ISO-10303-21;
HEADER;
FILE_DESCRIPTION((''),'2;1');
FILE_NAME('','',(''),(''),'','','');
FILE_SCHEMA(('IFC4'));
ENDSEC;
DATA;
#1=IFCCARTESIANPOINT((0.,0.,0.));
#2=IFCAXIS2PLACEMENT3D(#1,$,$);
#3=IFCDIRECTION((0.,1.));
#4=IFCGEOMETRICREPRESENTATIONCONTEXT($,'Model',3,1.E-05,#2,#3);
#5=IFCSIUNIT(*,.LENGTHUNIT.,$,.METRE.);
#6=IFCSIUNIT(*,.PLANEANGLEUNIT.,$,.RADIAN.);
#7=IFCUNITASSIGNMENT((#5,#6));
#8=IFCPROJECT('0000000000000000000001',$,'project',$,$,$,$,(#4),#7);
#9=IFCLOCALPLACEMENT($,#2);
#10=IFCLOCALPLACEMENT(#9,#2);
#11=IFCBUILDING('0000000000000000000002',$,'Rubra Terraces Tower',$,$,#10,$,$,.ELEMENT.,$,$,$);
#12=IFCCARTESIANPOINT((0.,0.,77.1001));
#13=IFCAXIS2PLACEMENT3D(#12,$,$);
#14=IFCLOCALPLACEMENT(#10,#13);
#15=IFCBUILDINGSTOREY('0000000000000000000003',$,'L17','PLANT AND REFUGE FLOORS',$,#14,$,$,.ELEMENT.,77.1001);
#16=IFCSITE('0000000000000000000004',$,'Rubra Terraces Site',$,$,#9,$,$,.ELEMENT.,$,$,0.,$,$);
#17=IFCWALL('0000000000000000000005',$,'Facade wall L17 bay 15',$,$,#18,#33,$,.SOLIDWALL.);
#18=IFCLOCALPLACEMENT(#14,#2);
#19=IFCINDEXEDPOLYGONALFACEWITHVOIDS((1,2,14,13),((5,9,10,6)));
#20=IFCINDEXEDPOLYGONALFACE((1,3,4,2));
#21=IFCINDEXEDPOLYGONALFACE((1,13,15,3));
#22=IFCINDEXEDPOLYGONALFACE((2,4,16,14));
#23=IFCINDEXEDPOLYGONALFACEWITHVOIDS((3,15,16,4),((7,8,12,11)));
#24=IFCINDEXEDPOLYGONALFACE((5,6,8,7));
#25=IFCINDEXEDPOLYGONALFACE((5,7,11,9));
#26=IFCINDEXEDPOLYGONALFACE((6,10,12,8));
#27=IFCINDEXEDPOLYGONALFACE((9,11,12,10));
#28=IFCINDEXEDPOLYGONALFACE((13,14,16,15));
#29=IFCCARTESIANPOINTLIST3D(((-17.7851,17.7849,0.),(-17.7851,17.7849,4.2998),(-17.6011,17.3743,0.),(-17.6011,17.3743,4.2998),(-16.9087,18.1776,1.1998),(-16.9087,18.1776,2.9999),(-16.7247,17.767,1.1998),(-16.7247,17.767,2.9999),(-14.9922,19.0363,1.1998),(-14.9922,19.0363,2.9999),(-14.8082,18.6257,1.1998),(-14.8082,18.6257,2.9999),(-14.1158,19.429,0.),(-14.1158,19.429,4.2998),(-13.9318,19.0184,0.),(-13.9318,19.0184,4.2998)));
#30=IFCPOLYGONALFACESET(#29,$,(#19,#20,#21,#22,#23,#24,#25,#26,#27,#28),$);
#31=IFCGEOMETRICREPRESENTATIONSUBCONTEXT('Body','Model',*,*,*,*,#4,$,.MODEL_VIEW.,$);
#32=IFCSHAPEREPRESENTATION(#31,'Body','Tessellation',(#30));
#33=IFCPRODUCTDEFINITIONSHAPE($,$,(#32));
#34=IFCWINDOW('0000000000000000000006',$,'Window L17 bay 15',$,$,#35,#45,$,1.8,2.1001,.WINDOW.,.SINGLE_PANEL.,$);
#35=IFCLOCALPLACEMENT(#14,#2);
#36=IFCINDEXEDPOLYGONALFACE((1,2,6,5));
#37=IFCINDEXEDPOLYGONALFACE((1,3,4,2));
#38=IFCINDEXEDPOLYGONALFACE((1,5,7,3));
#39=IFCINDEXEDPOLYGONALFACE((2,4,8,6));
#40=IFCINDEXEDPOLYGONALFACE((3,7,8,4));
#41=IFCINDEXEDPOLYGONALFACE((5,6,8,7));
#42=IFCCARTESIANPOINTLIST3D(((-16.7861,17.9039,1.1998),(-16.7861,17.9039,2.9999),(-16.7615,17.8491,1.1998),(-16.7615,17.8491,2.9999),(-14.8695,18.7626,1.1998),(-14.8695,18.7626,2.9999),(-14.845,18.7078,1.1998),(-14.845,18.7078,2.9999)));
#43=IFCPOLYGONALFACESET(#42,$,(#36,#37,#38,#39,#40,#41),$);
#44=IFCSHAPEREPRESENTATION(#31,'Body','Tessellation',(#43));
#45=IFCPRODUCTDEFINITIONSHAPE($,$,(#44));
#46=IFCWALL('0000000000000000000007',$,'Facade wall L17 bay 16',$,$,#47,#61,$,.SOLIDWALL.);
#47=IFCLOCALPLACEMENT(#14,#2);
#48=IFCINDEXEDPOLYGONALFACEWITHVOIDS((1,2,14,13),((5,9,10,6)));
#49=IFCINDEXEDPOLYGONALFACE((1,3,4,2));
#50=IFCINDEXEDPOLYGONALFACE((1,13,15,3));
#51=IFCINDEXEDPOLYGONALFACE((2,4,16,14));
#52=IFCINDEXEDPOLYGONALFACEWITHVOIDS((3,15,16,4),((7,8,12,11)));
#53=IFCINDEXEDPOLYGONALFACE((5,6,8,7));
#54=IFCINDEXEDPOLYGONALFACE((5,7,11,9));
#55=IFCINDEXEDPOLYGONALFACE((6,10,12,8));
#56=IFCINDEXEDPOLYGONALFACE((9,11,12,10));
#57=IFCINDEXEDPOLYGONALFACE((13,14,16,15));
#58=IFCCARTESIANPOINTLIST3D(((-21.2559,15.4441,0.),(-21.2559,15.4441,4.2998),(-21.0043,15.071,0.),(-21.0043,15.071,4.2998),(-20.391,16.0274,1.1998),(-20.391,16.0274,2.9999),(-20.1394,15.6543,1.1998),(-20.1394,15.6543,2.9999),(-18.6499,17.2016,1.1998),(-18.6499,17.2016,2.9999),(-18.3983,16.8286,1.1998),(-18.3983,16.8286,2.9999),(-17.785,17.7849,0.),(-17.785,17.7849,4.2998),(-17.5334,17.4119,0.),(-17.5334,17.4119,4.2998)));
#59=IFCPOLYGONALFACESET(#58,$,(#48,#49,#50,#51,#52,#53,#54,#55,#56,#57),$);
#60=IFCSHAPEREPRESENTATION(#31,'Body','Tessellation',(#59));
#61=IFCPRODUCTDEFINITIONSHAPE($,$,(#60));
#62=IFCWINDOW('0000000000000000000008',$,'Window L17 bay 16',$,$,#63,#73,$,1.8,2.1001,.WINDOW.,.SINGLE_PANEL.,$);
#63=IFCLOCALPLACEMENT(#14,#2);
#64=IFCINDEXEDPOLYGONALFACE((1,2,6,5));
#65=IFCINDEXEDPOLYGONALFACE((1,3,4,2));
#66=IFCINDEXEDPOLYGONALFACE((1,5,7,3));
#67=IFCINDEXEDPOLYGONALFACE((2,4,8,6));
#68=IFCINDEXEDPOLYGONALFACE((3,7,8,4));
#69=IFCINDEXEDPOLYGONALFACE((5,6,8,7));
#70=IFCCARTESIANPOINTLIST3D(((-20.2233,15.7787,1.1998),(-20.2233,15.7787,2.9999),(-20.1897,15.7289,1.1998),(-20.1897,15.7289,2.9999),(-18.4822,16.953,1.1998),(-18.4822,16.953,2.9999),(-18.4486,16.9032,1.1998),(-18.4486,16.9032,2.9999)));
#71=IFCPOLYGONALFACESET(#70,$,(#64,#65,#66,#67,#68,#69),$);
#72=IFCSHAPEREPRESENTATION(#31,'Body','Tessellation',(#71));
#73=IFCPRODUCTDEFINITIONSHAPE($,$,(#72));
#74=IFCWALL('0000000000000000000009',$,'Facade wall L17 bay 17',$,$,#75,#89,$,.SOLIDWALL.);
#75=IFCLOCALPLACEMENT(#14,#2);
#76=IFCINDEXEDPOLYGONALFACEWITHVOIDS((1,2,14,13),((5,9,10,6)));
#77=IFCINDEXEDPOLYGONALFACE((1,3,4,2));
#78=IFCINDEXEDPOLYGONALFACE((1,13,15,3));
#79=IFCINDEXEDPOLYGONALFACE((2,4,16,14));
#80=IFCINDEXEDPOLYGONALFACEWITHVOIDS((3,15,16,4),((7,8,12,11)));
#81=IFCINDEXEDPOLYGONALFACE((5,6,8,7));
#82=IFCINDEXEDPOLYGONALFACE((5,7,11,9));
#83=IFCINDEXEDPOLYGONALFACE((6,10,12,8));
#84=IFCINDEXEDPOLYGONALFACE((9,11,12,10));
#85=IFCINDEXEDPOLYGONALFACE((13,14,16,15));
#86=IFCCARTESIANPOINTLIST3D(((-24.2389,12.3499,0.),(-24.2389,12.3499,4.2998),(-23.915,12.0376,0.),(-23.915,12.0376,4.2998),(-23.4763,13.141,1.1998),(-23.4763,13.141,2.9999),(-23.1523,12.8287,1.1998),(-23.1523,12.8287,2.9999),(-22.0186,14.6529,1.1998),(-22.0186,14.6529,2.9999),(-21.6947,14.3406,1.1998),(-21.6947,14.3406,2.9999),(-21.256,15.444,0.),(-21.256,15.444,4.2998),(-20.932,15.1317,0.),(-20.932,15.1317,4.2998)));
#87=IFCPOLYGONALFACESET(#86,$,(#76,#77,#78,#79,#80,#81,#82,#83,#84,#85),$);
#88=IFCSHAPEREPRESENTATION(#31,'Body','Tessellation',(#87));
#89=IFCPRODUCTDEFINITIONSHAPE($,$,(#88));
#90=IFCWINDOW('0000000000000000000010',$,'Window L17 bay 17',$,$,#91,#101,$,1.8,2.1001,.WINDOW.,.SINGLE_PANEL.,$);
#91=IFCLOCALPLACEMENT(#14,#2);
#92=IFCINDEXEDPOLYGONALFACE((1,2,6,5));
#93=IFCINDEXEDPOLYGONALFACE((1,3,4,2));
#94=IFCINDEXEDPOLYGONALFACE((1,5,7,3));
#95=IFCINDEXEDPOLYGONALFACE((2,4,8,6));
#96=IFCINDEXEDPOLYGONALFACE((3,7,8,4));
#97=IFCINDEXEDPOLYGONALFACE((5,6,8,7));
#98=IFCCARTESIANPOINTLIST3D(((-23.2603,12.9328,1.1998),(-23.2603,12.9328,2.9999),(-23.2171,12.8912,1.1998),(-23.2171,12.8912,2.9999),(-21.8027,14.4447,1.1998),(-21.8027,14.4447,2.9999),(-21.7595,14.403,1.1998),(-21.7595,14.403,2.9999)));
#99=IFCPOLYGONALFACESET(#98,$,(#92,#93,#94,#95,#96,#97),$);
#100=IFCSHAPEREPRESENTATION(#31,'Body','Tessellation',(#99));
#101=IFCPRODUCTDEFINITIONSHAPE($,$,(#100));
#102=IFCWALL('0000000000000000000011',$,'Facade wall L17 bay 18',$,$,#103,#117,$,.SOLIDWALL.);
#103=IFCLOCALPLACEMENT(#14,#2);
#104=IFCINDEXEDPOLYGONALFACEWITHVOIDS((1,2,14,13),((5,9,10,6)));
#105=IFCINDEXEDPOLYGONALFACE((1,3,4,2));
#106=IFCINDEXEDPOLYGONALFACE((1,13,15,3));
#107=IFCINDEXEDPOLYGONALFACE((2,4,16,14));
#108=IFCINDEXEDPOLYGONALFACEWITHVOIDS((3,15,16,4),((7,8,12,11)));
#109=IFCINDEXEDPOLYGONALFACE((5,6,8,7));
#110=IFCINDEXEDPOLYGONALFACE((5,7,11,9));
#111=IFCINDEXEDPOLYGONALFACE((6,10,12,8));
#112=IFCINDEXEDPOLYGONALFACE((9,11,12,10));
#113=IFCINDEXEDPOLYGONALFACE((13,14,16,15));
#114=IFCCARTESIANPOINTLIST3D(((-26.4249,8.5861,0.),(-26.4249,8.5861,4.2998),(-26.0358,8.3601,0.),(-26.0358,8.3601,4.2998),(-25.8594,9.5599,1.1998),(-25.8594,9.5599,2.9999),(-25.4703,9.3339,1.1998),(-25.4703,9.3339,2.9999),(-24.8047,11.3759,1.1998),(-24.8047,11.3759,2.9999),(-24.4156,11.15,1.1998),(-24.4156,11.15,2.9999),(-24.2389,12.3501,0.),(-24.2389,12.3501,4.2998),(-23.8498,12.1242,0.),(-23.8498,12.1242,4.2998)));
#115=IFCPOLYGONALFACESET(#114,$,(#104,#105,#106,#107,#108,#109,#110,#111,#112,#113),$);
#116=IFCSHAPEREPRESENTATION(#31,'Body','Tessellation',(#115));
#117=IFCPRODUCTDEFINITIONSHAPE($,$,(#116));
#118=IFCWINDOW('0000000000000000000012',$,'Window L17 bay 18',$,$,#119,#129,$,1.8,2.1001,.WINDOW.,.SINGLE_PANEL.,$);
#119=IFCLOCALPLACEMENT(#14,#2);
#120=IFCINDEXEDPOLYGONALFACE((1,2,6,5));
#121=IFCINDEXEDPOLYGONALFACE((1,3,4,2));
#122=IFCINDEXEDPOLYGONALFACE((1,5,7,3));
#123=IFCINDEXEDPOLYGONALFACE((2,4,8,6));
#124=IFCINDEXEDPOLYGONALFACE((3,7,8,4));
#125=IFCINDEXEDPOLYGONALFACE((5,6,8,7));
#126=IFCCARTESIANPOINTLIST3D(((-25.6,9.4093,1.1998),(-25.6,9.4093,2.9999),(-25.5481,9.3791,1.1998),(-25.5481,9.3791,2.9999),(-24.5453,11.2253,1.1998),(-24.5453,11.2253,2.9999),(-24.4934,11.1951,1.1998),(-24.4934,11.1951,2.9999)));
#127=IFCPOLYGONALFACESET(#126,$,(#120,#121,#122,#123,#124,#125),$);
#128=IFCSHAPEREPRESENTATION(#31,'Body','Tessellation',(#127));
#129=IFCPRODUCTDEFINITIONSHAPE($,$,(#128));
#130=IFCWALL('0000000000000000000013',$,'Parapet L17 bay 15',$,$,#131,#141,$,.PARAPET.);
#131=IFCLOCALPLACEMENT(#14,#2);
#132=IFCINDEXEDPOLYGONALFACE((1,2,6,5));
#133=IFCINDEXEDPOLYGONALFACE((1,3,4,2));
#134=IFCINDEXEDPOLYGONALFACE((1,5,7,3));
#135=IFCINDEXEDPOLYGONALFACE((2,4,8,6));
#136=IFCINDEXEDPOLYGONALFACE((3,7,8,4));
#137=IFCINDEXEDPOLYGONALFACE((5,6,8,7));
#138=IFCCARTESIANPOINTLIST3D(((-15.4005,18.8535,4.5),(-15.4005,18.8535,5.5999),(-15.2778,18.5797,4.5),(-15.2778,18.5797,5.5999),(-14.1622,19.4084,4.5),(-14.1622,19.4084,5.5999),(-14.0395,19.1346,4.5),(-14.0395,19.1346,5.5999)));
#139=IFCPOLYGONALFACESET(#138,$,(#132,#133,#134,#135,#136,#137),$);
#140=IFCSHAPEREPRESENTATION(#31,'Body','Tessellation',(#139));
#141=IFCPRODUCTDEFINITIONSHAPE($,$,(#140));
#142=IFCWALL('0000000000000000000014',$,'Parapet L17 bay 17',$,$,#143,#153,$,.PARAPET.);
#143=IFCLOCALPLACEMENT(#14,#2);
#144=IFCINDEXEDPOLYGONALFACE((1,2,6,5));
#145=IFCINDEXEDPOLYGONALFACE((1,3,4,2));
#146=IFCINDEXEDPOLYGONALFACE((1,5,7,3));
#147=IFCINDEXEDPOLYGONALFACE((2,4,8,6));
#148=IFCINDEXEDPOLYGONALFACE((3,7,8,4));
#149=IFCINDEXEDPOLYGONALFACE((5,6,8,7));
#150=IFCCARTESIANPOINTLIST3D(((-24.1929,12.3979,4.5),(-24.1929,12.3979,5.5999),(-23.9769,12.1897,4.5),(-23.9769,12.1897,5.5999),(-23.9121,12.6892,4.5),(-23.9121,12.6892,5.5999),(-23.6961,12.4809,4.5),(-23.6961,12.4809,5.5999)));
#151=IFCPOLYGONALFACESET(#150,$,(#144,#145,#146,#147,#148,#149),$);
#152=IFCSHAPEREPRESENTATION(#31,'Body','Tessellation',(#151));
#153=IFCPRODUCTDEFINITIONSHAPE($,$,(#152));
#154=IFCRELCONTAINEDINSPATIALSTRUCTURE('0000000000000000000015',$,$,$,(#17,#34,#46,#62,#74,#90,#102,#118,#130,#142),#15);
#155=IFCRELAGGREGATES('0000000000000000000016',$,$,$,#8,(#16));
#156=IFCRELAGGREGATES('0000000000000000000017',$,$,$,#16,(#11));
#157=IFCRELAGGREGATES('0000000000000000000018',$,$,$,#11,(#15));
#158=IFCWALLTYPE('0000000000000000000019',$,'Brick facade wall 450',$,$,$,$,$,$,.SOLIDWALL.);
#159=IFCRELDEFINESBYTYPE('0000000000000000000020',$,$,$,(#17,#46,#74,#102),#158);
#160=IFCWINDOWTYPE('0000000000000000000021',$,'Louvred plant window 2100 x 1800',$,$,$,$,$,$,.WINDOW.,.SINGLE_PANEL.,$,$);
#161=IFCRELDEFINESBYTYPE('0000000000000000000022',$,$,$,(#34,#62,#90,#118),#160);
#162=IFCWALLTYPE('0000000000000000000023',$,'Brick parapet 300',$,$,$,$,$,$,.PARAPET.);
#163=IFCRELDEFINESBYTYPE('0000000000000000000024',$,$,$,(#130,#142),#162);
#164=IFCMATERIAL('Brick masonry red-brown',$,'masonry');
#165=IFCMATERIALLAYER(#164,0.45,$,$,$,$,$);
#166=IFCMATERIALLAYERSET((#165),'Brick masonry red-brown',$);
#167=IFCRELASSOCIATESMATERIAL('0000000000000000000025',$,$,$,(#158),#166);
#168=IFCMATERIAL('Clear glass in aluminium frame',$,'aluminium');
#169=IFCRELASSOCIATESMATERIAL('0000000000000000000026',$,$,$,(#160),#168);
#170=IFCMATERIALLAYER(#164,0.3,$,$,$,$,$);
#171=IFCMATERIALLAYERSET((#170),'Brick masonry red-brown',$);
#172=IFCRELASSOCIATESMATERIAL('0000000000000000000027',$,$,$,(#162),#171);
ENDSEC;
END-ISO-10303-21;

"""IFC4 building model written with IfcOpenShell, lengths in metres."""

from ifc_helpers import new_model, si_unit, direction, frame, frame_2d, origin, place, context, subcontext, project, spatial, rectangle, extrude, material, layer, layer_set, type_object, element, fill, save


model = new_model("IFC4")

# Units and contexts
model_context = context("Model", 3, precision=1e-05, world=origin(), true_north=direction((0.0, 1.0)))
body_context = subcontext(model_context, "Body", "Model", "MODEL_VIEW")
ifc_project = project(units=[si_unit("LENGTHUNIT", "METRE"), si_unit("PLANEANGLEUNIT", "RADIAN")], contexts=[model_context])

# Site, building, storey
site_placement = place(None, origin())
site = spatial("IfcSite", under=ifc_project, at=site_placement, Name="Rubra Terraces Site", CompositionType="ELEMENT", RefElevation=0.0)
building_placement = place(site_placement, origin())
building = spatial("IfcBuilding", under=site, at=building_placement, Name="Rubra Terraces Tower", CompositionType="ELEMENT")
storey_placement = place(building_placement, frame((0.0, 0.0, 77.1001)))
storey = spatial("IfcBuildingStorey", under=building, at=storey_placement, Name="L17", Description="PLANT AND REFUGE FLOORS", CompositionType="ELEMENT", Elevation=77.1001)

# Walls, openings, windows
ifc_material_1 = material(Name="Brick masonry red-brown", Category="masonry")
ifc_layer_1 = layer(ifc_material_1, 0.45)
ifc_layer_set_1 = layer_set([ifc_layer_1], Name="Brick masonry red-brown")
wall_type_1 = type_object("IfcWallType", Name="Brick facade wall 450", PredefinedType="SOLIDWALL", material=ifc_layer_set_1)
wall_1_placement = place(storey_placement, frame((-14.0239, 19.2236, 0.0), z_axis=(0.0, 0.0, 1.0), x_axis=(-0.91258, -0.408897, 0.0)))
wall_1 = element("IfcWall", 1, at=wall_1_placement, inside=storey, type_object=wall_type_1, Name="Facade wall L17 bay 15", PredefinedType="SOLIDWALL", context=body_context, shape_type="SweptSolid", body=[
    extrude(rectangle(XDim=4.0208, YDim=0.45, at=frame_2d((2.0103, 0.0))), origin(), (0.0, 0.0, 1.0), 4.2998),
])
opening_1_placement = place(wall_1_placement, frame((0.9602, 0.0, 1.2)))
opening_1 = element("IfcOpeningElement", 2, at=opening_1_placement, cuts=wall_1, PredefinedType="OPENING", context=body_context, shape_type="SweptSolid", body=[
    extrude(rectangle(XDim=2.1001, YDim=1.8, at=frame_2d((1.05, 0.8999))), frame((0.0, 0.2349, 0.0), z_axis=(0.0, -1.0, 0.0), x_axis=(1.0, 0.0, 0.0)), (0.0, 0.0, 1.0), 0.47),
])
ifc_material_2 = material(Name="Clear glass in aluminium frame", Category="aluminium")
window_type = type_object("IfcWindowType", Name="Louvred plant window 2100 x 1800", PartitioningType="SINGLE_PANEL", PredefinedType="WINDOW", material=ifc_material_2)
window_1_placement = place(opening_1_placement, origin())
window_1 = element("IfcWindow", 3, at=window_1_placement, inside=storey, type_object=window_type, Name="Window L17 bay 15", OverallHeight=1.8, OverallWidth=2.1001, PartitioningType="SINGLE_PANEL", PredefinedType="WINDOW", context=body_context, shape_type="SweptSolid", body=[
    extrude(rectangle(XDim=2.1001, YDim=1.8, at=frame_2d((1.05, 0.8999))), frame((0.0, 0.135, 0.0), z_axis=(0.0, -1.0, 0.0), x_axis=(1.0, 0.0, 0.0)), (0.0, 0.0, 1.0), 0.0601),
])
fill(opening_1, window_1)
wall_2_placement = place(storey_placement, frame((-17.6592, 17.5984, 0.0), z_axis=(0.0, 0.0, 1.0), x_axis=(-0.829078, -0.559133, 0.0)))
wall_2 = element("IfcWall", 4, at=wall_2_placement, inside=storey, type_object=wall_type_1, Name="Facade wall L17 bay 16", PredefinedType="SOLIDWALL", context=body_context, shape_type="SweptSolid", body=[
    extrude(rectangle(XDim=4.1865, YDim=0.45, at=frame_2d((2.0933, 0.0))), origin(), (0.0, 0.0, 1.0), 4.2998),
])
opening_2_placement = place(wall_2_placement, frame((1.0432, 0.0, 1.2)))
opening_2 = element("IfcOpeningElement", 5, at=opening_2_placement, cuts=wall_2, PredefinedType="OPENING", context=body_context, shape_type="SweptSolid", body=[
    extrude(rectangle(XDim=2.1001, YDim=1.8, at=frame_2d((1.05, 0.8999))), frame((0.0, 0.2349, 0.0), z_axis=(0.0, -1.0, 0.0), x_axis=(1.0, 0.0, 0.0)), (0.0, 0.0, 1.0), 0.47),
])
window_2_placement = place(opening_2_placement, origin())
window_2 = element("IfcWindow", 6, at=window_2_placement, inside=storey, type_object=window_type, Name="Window L17 bay 16", OverallHeight=1.8, OverallWidth=2.1001, PartitioningType="SINGLE_PANEL", PredefinedType="WINDOW", context=body_context, shape_type="SweptSolid", body=[
    extrude(rectangle(XDim=2.1001, YDim=1.8, at=frame_2d((1.05, 0.8999))), frame((0.0, 0.135, 0.0), z_axis=(0.0, -1.0, 0.0), x_axis=(1.0, 0.0, 0.0)), (0.0, 0.0, 1.0), 0.0601),
])
fill(opening_2, window_2)
wall_3_placement = place(storey_placement, frame((-21.094, 15.2878, 0.0), z_axis=(0.0, 0.0, 1.0), x_axis=(-0.694065, -0.719912, 0.0)))
wall_3 = element("IfcWall", 7, at=wall_3_placement, inside=storey, type_object=wall_type_1, Name="Facade wall L17 bay 17", PredefinedType="SOLIDWALL", context=body_context, shape_type="SweptSolid", body=[
    extrude(rectangle(XDim=4.2979, YDim=0.45, at=frame_2d((2.1489, 0.0))), origin(), (0.0, 0.0, 1.0), 4.2998),
])
opening_3_placement = place(wall_3_placement, frame((1.0989, 0.0, 1.2)))
opening_3 = element("IfcOpeningElement", 8, at=opening_3_placement, cuts=wall_3, PredefinedType="OPENING", context=body_context, shape_type="SweptSolid", body=[
    extrude(rectangle(XDim=2.1001, YDim=1.8, at=frame_2d((1.05, 0.8999))), frame((0.0, 0.2349, 0.0), z_axis=(0.0, -1.0, 0.0), x_axis=(1.0, 0.0, 0.0)), (0.0, 0.0, 1.0), 0.47),
])
window_3_placement = place(opening_3_placement, origin())
window_3 = element("IfcWindow", 9, at=window_3_placement, inside=storey, type_object=window_type, Name="Window L17 bay 17", OverallHeight=1.8, OverallWidth=2.1001, PartitioningType="SINGLE_PANEL", PredefinedType="WINDOW", context=body_context, shape_type="SweptSolid", body=[
    extrude(rectangle(XDim=2.1001, YDim=1.8, at=frame_2d((1.05, 0.8999))), frame((0.0, 0.135, 0.0), z_axis=(0.0, -1.0, 0.0), x_axis=(1.0, 0.0, 0.0)), (0.0, 0.0, 1.0), 0.0601),
])
fill(opening_3, window_3)
wall_4_placement = place(storey_placement, frame((-24.0444, 12.2371, 0.0), z_axis=(0.0, 0.0, 1.0), x_axis=(-0.502203, -0.86475, 0.0)))
wall_4 = element("IfcWall", 10, at=wall_4_placement, inside=storey, type_object=wall_type_1, Name="Facade wall L17 bay 18", PredefinedType="SOLIDWALL", context=body_context, shape_type="SweptSolid", body=[
    extrude(rectangle(XDim=4.3528, YDim=0.45, at=frame_2d((2.1763, 0.0))), origin(), (0.0, 0.0, 1.0), 4.2998),
])
opening_4_placement = place(wall_4_placement, frame((1.1265, 0.0, 1.2)))
opening_4 = element("IfcOpeningElement", 11, at=opening_4_placement, cuts=wall_4, PredefinedType="OPENING", context=body_context, shape_type="SweptSolid", body=[
    extrude(rectangle(XDim=2.1001, YDim=1.8, at=frame_2d((1.05, 0.8999))), frame((0.0, 0.2349, 0.0), z_axis=(0.0, -1.0, 0.0), x_axis=(1.0, 0.0, 0.0)), (0.0, 0.0, 1.0), 0.47),
])
window_4_placement = place(opening_4_placement, origin())
window_4 = element("IfcWindow", 12, at=window_4_placement, inside=storey, type_object=window_type, Name="Window L17 bay 18", OverallHeight=1.8, OverallWidth=2.1001, PartitioningType="SINGLE_PANEL", PredefinedType="WINDOW", context=body_context, shape_type="SweptSolid", body=[
    extrude(rectangle(XDim=2.1001, YDim=1.8, at=frame_2d((1.05, 0.8999))), frame((0.0, 0.135, 0.0), z_axis=(0.0, -1.0, 0.0), x_axis=(1.0, 0.0, 0.0)), (0.0, 0.0, 1.0), 0.0601),
])
fill(opening_4, window_4)

# Walls
ifc_layer_2 = layer(ifc_material_1, 0.3)
ifc_layer_set_2 = layer_set([ifc_layer_2], Name="Brick masonry red-brown")
wall_type_2 = type_object("IfcWallType", Name="Brick parapet 300", PredefinedType="PARAPET", material=ifc_layer_set_2)
wall_5_placement = place(storey_placement, frame((-14.1008, 19.2715, 4.5), z_axis=(0.0, 0.0, 1.0), x_axis=(-0.912553, -0.408958, 0.0)))
element("IfcWall", 13, at=wall_5_placement, inside=storey, type_object=wall_type_2, Name="Parapet L17 bay 15", PredefinedType="PARAPET", context=body_context, shape_type="SweptSolid", body=[
    extrude(rectangle(XDim=1.3569, YDim=0.3, at=frame_2d((0.6785, 0.0))), origin(), (0.0, 0.0, 1.0), 1.0999),
])
wall_6_placement = place(storey_placement, frame((-23.8042, 12.585, 4.5), z_axis=(0.0, 0.0, 1.0), x_axis=(-0.694013, -0.719963, 0.0)))
element("IfcWall", 14, at=wall_6_placement, inside=storey, type_object=wall_type_2, Name="Parapet L17 bay 17", PredefinedType="PARAPET", context=body_context, shape_type="SweptSolid", body=[
    extrude(rectangle(XDim=0.4045, YDim=0.3, at=frame_2d((0.2021, 0.0))), origin(), (0.0, 0.0, 1.0), 1.0999),
])

save(model, "model.ifc")
